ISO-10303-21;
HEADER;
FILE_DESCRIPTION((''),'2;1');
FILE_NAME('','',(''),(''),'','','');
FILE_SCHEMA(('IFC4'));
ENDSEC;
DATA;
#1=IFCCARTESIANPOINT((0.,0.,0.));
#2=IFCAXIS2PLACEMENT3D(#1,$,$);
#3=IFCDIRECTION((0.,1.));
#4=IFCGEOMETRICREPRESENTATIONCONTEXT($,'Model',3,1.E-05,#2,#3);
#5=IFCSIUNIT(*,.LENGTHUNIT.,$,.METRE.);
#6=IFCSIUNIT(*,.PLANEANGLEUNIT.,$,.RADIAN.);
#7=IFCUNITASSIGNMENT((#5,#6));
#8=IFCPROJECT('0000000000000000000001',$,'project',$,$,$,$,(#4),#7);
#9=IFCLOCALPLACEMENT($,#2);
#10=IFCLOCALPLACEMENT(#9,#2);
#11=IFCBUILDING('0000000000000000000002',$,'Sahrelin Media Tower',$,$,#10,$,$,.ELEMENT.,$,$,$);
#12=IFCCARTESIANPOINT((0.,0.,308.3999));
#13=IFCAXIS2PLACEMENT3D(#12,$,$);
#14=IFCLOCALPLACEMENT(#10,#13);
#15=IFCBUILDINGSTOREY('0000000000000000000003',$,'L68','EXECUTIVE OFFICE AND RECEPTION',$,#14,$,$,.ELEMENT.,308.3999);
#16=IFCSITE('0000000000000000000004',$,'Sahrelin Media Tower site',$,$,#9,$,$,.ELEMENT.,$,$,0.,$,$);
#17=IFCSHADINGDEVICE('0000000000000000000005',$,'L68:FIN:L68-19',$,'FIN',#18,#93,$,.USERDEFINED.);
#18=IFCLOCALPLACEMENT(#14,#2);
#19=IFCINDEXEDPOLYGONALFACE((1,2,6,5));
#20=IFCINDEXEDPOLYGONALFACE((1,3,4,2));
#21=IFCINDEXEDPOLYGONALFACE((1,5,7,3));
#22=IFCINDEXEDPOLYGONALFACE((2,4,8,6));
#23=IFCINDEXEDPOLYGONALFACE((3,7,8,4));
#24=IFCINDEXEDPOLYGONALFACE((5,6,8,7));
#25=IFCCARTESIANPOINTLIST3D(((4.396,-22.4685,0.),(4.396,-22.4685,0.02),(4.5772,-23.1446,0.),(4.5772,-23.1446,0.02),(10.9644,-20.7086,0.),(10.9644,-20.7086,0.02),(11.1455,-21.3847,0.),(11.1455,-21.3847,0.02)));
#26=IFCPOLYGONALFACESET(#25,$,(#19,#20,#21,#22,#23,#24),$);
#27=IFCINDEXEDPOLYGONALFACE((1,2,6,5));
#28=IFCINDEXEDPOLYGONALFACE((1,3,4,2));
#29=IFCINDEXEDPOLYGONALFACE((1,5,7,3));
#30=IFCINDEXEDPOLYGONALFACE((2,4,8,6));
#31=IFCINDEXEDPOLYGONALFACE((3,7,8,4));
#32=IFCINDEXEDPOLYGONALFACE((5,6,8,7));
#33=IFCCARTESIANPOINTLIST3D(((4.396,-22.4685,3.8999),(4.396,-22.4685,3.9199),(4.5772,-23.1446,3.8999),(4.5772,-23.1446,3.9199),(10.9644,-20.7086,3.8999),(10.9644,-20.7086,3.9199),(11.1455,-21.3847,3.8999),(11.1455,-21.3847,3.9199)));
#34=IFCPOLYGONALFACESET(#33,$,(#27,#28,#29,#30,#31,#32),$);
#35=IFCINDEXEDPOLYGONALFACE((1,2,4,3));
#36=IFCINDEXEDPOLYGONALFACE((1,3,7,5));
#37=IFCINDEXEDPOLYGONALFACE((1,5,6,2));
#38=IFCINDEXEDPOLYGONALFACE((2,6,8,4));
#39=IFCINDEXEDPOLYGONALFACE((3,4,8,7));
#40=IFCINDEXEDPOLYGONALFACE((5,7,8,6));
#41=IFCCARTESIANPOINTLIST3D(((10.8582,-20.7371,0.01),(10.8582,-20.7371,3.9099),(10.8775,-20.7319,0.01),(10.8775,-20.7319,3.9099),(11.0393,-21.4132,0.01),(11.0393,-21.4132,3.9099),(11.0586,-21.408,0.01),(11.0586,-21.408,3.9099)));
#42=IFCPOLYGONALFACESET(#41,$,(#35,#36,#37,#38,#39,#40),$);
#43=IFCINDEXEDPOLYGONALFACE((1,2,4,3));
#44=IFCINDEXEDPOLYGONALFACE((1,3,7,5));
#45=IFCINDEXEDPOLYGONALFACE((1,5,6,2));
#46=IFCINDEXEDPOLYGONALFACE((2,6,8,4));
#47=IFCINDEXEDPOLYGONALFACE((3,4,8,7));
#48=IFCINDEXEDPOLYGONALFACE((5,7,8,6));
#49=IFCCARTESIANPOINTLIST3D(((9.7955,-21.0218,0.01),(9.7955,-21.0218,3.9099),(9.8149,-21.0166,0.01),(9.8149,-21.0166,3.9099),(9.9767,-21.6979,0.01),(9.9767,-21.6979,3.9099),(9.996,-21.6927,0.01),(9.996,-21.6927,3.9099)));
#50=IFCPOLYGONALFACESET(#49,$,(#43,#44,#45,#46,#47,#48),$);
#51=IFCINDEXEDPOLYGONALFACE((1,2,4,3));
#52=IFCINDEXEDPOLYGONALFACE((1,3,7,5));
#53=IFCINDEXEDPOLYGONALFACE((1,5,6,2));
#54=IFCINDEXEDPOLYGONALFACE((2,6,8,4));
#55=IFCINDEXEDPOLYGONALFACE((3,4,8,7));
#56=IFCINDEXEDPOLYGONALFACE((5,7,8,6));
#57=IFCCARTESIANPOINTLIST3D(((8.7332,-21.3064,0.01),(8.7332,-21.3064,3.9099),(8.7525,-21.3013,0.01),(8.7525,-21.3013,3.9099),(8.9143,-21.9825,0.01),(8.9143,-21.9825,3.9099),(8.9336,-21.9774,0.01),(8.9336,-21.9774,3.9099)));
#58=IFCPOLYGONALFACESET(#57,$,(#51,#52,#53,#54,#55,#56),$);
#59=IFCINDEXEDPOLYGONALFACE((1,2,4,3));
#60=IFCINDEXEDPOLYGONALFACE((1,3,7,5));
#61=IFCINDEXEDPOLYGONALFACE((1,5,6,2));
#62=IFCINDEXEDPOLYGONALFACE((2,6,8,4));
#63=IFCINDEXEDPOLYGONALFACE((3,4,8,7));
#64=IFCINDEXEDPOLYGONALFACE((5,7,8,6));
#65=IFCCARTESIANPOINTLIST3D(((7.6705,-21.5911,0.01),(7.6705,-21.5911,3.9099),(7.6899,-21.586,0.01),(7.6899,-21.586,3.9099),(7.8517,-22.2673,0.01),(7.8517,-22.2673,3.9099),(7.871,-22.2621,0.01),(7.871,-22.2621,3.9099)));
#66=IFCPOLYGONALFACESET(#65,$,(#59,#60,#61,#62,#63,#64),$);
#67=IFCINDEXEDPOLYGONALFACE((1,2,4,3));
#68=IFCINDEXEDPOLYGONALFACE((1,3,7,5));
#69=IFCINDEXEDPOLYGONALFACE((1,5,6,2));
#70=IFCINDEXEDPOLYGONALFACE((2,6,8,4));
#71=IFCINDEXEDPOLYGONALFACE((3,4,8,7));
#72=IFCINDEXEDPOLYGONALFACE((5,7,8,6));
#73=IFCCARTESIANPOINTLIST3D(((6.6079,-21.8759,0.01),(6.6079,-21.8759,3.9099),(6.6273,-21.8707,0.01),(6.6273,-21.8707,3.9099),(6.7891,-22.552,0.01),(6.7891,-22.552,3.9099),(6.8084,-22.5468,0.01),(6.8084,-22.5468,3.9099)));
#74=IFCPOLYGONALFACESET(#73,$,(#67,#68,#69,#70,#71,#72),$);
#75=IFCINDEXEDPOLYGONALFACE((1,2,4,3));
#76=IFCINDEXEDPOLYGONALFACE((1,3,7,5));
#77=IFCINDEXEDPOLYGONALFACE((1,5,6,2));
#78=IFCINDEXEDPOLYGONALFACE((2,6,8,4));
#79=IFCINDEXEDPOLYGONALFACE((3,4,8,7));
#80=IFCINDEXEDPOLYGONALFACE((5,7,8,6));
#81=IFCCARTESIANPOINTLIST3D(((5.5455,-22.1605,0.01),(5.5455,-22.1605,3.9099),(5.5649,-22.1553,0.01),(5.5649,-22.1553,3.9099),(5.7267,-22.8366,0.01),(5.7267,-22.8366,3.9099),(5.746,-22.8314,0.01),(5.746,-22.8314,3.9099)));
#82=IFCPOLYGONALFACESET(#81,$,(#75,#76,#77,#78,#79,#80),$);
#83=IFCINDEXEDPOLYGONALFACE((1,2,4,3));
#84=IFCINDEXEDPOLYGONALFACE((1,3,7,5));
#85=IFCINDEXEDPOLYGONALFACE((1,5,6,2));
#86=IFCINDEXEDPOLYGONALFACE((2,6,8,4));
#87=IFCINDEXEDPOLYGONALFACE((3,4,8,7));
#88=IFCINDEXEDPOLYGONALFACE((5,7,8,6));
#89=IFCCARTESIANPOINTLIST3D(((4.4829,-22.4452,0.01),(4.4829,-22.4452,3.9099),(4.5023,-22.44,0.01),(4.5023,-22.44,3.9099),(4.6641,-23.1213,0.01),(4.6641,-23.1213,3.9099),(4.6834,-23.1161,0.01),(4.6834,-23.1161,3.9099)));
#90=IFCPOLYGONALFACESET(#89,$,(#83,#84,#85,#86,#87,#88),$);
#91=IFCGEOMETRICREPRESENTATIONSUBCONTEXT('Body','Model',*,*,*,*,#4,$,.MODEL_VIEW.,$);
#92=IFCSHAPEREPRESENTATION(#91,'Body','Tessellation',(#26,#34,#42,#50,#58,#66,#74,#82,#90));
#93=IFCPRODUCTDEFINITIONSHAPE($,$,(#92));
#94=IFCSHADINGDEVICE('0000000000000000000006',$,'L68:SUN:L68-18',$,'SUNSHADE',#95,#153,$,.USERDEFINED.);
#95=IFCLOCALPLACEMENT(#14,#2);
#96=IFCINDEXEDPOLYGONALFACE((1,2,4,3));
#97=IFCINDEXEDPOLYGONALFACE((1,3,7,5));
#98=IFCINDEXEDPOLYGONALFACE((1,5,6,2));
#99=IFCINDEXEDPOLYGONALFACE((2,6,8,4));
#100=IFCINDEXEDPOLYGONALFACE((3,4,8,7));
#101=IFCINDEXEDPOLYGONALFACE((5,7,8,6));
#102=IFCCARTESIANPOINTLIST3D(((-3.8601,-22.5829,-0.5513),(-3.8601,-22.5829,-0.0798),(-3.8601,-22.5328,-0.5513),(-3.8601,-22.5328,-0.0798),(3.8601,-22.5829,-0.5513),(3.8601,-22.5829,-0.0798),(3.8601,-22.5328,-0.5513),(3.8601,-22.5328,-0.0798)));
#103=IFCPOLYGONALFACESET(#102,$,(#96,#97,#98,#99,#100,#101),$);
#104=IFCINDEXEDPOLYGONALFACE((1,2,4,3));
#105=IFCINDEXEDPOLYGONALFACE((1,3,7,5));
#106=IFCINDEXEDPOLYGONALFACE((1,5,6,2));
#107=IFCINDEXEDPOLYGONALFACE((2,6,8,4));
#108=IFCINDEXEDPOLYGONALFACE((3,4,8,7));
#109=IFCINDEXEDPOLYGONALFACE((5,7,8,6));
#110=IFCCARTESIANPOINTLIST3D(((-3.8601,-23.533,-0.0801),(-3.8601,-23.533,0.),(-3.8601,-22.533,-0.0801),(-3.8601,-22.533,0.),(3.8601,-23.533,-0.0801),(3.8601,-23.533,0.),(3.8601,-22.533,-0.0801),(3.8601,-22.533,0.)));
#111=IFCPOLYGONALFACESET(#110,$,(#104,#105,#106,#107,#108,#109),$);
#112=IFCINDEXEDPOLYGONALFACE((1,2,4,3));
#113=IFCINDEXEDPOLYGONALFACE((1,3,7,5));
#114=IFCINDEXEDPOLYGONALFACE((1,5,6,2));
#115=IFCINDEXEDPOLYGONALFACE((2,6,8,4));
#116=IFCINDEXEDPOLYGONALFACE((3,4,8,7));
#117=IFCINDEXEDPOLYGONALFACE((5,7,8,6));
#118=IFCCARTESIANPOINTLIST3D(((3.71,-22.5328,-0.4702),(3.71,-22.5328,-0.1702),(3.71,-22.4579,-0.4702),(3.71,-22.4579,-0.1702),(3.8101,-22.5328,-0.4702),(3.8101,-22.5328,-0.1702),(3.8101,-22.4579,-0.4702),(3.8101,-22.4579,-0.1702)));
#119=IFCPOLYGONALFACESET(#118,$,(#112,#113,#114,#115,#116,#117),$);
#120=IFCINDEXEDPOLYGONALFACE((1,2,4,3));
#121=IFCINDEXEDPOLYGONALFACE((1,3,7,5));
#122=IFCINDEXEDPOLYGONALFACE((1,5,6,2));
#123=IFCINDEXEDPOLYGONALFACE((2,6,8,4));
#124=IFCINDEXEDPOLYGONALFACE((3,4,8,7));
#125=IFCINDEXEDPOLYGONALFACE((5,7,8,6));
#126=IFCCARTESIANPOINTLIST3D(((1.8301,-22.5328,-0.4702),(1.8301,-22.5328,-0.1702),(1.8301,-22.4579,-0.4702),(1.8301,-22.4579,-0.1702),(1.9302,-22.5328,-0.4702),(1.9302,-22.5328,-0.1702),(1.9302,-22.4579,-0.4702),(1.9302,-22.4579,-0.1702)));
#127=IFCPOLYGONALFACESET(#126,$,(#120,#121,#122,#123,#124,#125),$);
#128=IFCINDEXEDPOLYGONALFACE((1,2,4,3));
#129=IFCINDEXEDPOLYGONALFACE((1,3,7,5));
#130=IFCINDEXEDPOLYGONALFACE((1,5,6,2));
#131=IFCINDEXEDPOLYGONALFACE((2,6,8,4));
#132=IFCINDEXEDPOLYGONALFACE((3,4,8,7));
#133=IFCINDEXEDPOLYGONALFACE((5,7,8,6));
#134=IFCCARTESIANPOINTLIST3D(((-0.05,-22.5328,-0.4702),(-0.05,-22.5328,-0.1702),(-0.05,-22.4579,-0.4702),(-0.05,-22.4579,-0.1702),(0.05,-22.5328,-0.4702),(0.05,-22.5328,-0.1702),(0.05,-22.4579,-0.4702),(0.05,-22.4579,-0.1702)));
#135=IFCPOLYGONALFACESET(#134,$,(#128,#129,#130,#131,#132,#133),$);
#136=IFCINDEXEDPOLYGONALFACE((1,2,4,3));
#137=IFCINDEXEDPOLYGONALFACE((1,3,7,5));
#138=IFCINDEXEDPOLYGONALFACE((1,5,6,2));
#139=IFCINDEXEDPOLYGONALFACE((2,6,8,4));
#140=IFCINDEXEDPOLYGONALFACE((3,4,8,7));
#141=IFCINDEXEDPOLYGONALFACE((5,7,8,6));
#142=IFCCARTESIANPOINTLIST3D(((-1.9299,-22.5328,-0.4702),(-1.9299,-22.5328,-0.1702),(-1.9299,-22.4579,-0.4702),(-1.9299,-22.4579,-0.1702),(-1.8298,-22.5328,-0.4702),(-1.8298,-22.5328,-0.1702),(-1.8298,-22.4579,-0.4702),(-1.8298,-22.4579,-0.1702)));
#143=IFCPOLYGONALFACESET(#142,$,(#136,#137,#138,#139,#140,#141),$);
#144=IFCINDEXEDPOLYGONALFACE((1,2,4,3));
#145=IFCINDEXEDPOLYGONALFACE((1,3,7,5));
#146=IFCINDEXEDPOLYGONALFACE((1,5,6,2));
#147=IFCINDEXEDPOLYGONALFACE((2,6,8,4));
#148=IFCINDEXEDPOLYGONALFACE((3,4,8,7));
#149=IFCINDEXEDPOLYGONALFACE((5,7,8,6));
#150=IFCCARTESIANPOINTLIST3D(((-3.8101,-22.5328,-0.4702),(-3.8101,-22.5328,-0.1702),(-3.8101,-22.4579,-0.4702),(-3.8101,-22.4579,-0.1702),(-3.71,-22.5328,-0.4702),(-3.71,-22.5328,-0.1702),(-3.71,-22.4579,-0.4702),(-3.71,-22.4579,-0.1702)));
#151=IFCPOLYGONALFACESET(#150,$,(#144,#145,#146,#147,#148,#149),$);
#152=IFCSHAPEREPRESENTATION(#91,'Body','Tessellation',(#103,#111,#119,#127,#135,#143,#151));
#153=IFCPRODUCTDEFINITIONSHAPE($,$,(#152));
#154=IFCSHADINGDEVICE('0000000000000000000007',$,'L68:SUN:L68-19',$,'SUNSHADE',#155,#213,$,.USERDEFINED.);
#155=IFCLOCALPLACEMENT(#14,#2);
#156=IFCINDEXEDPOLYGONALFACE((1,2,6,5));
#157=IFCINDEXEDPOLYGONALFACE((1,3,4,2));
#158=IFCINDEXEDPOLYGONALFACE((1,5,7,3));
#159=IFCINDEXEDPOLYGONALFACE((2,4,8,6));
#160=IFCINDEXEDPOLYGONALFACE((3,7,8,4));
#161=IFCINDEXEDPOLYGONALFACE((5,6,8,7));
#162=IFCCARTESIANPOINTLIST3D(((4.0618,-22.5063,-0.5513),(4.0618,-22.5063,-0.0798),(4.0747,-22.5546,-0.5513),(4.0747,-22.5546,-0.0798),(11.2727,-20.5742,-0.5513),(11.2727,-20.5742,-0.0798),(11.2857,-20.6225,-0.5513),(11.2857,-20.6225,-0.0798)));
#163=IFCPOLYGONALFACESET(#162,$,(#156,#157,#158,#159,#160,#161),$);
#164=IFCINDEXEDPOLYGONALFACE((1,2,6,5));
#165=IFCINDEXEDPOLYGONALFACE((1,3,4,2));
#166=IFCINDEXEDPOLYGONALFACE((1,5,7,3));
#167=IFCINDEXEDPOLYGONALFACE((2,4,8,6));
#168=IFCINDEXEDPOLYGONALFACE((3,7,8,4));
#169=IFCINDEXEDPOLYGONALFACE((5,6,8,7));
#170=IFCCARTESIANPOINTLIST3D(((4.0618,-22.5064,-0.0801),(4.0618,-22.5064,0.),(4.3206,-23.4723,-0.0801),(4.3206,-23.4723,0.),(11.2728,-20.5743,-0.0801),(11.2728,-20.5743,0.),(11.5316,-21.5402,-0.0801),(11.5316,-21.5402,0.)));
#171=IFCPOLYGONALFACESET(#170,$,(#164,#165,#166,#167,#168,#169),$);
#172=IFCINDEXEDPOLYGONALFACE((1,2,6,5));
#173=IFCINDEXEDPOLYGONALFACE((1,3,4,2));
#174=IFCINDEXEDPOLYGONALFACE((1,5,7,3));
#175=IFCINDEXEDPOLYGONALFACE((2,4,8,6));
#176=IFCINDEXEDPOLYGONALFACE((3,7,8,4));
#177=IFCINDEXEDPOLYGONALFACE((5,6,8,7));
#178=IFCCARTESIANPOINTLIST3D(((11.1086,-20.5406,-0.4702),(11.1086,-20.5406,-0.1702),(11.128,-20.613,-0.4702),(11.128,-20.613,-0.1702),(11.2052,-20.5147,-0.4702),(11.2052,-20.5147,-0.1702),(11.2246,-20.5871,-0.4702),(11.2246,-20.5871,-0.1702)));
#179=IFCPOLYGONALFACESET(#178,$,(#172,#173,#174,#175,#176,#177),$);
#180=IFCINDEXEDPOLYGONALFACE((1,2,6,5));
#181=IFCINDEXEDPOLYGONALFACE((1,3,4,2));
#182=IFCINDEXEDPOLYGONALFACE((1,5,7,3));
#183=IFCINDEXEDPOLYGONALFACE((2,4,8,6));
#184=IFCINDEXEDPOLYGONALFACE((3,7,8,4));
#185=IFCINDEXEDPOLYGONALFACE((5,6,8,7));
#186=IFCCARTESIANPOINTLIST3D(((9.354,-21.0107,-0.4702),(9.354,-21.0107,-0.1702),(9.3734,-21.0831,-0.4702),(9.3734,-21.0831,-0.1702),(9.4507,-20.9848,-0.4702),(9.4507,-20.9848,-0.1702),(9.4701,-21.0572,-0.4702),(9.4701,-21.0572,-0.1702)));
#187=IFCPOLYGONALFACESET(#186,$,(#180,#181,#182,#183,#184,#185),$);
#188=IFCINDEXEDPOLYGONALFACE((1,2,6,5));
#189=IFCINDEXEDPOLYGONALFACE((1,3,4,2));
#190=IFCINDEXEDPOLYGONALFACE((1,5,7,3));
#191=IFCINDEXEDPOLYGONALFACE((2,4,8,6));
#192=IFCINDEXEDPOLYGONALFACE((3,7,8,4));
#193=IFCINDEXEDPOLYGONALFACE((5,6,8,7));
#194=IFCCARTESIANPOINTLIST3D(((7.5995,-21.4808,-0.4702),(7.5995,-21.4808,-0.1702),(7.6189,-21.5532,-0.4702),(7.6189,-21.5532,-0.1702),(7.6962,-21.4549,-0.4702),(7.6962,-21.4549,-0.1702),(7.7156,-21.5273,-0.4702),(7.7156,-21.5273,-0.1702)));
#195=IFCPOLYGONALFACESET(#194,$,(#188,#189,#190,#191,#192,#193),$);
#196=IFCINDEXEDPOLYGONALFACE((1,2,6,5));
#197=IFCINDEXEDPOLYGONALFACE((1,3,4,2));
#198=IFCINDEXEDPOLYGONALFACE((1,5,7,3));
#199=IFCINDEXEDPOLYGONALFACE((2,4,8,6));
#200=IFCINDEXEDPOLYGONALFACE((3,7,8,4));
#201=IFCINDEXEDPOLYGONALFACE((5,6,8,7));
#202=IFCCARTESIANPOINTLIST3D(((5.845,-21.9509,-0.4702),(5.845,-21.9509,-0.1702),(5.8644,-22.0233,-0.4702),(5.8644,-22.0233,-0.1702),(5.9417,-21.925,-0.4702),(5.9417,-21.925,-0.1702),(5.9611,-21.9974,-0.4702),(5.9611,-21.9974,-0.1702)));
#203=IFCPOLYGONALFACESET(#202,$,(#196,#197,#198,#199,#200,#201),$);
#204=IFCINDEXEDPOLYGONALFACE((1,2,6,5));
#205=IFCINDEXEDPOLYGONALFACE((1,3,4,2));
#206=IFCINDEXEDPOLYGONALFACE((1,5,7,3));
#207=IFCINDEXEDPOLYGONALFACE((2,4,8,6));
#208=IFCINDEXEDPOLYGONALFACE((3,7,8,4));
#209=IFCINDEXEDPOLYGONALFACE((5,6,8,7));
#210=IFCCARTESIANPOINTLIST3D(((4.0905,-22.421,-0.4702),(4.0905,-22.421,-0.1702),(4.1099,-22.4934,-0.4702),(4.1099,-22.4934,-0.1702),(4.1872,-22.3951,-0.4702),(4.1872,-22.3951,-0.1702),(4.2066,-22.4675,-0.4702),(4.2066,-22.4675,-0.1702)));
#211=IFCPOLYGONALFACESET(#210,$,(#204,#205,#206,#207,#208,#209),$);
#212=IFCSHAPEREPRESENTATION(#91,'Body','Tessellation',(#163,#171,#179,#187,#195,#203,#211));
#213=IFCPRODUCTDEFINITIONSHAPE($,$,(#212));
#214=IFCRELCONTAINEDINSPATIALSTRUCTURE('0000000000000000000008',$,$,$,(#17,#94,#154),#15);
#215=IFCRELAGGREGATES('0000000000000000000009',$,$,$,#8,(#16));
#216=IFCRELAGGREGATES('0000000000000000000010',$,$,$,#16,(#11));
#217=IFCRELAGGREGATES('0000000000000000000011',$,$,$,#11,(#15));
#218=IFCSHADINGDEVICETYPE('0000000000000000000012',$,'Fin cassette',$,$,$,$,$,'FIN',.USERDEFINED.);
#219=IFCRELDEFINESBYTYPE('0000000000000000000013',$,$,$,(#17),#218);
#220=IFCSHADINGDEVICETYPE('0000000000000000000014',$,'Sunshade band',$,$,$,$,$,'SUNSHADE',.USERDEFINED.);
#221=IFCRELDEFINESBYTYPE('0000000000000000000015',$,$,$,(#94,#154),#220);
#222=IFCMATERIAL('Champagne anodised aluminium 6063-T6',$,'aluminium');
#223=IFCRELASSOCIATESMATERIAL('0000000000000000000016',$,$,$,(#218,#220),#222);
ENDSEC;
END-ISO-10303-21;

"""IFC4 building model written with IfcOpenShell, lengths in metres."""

from ifc_helpers import new_model, si_unit, direction, frame, origin, origin_2d, place, context, subcontext, project, spatial, rectangle, extrude, material, type_object, element, save


model = new_model("IFC4")

# Units and contexts
model_context = context("Model", 3, precision=1e-05, world=origin(), true_north=direction((0.0, 1.0)))
body_context = subcontext(model_context, "Body", "Model", "MODEL_VIEW")
ifc_project = project(units=[si_unit("LENGTHUNIT", "METRE"), si_unit("PLANEANGLEUNIT", "RADIAN")], contexts=[model_context])

# Site, building, storey
site_placement = place(None, origin())
site = spatial("IfcSite", under=ifc_project, at=site_placement, Name="Sahrelin Media Tower site", CompositionType="ELEMENT", RefElevation=0.0)
building_placement = place(site_placement, origin())
building = spatial("IfcBuilding", under=site, at=building_placement, Name="Sahrelin Media Tower", CompositionType="ELEMENT")
storey_placement = place(building_placement, frame((0.0, 0.0, 308.3999)))
storey = spatial("IfcBuildingStorey", under=building, at=storey_placement, Name="L68", Description="EXECUTIVE OFFICE AND RECEPTION", CompositionType="ELEMENT", Elevation=308.3999)

# Shared definitions
ifc_material_1 = material(Name="Champagne anodised aluminium 6063-T6", Category="aluminium")

# Shading device
shading_device_type_1 = type_object("IfcShadingDeviceType", Name="Fin cassette", ElementType="FIN", PredefinedType="USERDEFINED", material=ifc_material_1)
placement_1 = place(storey_placement, frame((0.0, -22.5129, 0.0), z_axis=(0.0, 0.0, 1.0), x_axis=(-1.0, 0.0, 0.0)))
placement_2 = place(storey_placement, frame((7.6621, -21.521, 0.0), z_axis=(0.0, 0.0, 1.0), x_axis=(-0.965929, -0.258808, 0.0)))
element("IfcShadingDevice", 1, at=placement_2, inside=storey, type_object=shading_device_type_1, Name="L68:FIN:L68-19", ObjectType="FIN", PredefinedType="USERDEFINED", context=body_context, shape_type="SweptSolid", body=[
    extrude(rectangle(XDim=6.8, YDim=0.7, at=origin_2d()), frame((0.0, 0.4199, 0.0)), (0.0, 0.0, 1.0), 0.02),
    extrude(rectangle(XDim=6.8, YDim=0.7, at=origin_2d()), frame((0.0, 0.4199, 3.8999)), (0.0, 0.0, 1.0), 0.02),
    extrude(rectangle(XDim=0.02, YDim=0.7, at=origin_2d()), frame((-3.3, 0.4199, 0.01), z_axis=(0.0, 0.0, 1.0), x_axis=(1.0, 0.0, 0.0)), (0.0, 0.0, 1.0), 3.8999),
    extrude(rectangle(XDim=0.02, YDim=0.7, at=origin_2d()), frame((-2.2, 0.4199, 0.01), z_axis=(0.0, 0.0, 1.0), x_axis=(1.0, 0.0, 0.0)), (0.0, 0.0, 1.0), 3.8999),
    extrude(rectangle(XDim=0.02, YDim=0.7, at=origin_2d()), frame((-1.1001, 0.4199, 0.01), z_axis=(0.0, 0.0, 1.0), x_axis=(1.0, 0.0, 0.0)), (0.0, 0.0, 1.0), 3.8999),
    extrude(rectangle(XDim=0.02, YDim=0.7, at=origin_2d()), frame((0.0, 0.4199, 0.01), z_axis=(0.0, 0.0, 1.0), x_axis=(1.0, 0.0, 0.0)), (0.0, 0.0, 1.0), 3.8999),
    extrude(rectangle(XDim=0.02, YDim=0.7, at=origin_2d()), frame((1.1001, 0.4199, 0.01), z_axis=(0.0, 0.0, 1.0), x_axis=(1.0, 0.0, 0.0)), (0.0, 0.0, 1.0), 3.8999),
    extrude(rectangle(XDim=0.02, YDim=0.7, at=origin_2d()), frame((2.2, 0.4199, 0.01), z_axis=(0.0, 0.0, 1.0), x_axis=(1.0, 0.0, 0.0)), (0.0, 0.0, 1.0), 3.8999),
    extrude(rectangle(XDim=0.02, YDim=0.7, at=origin_2d()), frame((3.3, 0.4199, 0.01), z_axis=(0.0, 0.0, 1.0), x_axis=(1.0, 0.0, 0.0)), (0.0, 0.0, 1.0), 3.8999),
])

# Shading devices
shading_device_type_2 = type_object("IfcShadingDeviceType", Name="Sunshade band", ElementType="SUNSHADE", PredefinedType="USERDEFINED", material=ifc_material_1)
element("IfcShadingDevice", 2, at=placement_1, inside=storey, type_object=shading_device_type_2, Name="L68:SUN:L68-18", ObjectType="SUNSHADE", PredefinedType="USERDEFINED", context=body_context, shape_type="SweptSolid", body=[
    extrude(rectangle(XDim=7.7202, YDim=0.05, at=origin_2d()), frame((0.0, 0.0449, -0.5513)), (0.0, 0.0, 1.0), 0.4714),
    extrude(rectangle(XDim=7.7202, YDim=1.0, at=origin_2d()), frame((0.0, 0.52, -0.0801)), (0.0, 0.0, 1.0), 0.0801),
    extrude(rectangle(XDim=0.1001, YDim=0.075, at=origin_2d()), frame((-3.76, -0.0176, -0.4702)), (0.0, 0.0, 1.0), 0.3),
    extrude(rectangle(XDim=0.1001, YDim=0.075, at=origin_2d()), frame((-1.8801, -0.0176, -0.4702)), (0.0, 0.0, 1.0), 0.3),
    extrude(rectangle(XDim=0.1001, YDim=0.075, at=origin_2d()), frame((0.0, -0.0176, -0.4702)), (0.0, 0.0, 1.0), 0.3),
    extrude(rectangle(XDim=0.1001, YDim=0.075, at=origin_2d()), frame((1.8799, -0.0176, -0.4702)), (0.0, 0.0, 1.0), 0.3),
    extrude(rectangle(XDim=0.1001, YDim=0.075, at=origin_2d()), frame((3.76, -0.0176, -0.4702)), (0.0, 0.0, 1.0), 0.3),
])
element("IfcShadingDevice", 3, at=placement_2, inside=storey, type_object=shading_device_type_2, Name="L68:SUN:L68-19", ObjectType="SUNSHADE", PredefinedType="USERDEFINED", context=body_context, shape_type="SweptSolid", body=[
    extrude(rectangle(XDim=7.4653, YDim=0.05, at=origin_2d()), frame((0.0, 0.0449, -0.5513)), (0.0, 0.0, 1.0), 0.4714),
    extrude(rectangle(XDim=7.4653, YDim=1.0, at=origin_2d()), frame((0.0, 0.52, -0.0801)), (0.0, 0.0, 1.0), 0.0801),
    extrude(rectangle(XDim=0.1001, YDim=0.075, at=origin_2d()), frame((-3.6328, -0.0176, -0.4702)), (0.0, 0.0, 1.0), 0.3),
    extrude(rectangle(XDim=0.1001, YDim=0.075, at=origin_2d()), frame((-1.8164, -0.0176, -0.4702)), (0.0, 0.0, 1.0), 0.3),
    extrude(rectangle(XDim=0.1001, YDim=0.075, at=origin_2d()), frame((0.0, -0.0176, -0.4702)), (0.0, 0.0, 1.0), 0.3),
    extrude(rectangle(XDim=0.1001, YDim=0.075, at=origin_2d()), frame((1.8164, -0.0176, -0.4702)), (0.0, 0.0, 1.0), 0.3),
    extrude(rectangle(XDim=0.1001, YDim=0.075, at=origin_2d()), frame((3.6328, -0.0176, -0.4702)), (0.0, 0.0, 1.0), 0.3),
])

save(model, "model.ifc")
